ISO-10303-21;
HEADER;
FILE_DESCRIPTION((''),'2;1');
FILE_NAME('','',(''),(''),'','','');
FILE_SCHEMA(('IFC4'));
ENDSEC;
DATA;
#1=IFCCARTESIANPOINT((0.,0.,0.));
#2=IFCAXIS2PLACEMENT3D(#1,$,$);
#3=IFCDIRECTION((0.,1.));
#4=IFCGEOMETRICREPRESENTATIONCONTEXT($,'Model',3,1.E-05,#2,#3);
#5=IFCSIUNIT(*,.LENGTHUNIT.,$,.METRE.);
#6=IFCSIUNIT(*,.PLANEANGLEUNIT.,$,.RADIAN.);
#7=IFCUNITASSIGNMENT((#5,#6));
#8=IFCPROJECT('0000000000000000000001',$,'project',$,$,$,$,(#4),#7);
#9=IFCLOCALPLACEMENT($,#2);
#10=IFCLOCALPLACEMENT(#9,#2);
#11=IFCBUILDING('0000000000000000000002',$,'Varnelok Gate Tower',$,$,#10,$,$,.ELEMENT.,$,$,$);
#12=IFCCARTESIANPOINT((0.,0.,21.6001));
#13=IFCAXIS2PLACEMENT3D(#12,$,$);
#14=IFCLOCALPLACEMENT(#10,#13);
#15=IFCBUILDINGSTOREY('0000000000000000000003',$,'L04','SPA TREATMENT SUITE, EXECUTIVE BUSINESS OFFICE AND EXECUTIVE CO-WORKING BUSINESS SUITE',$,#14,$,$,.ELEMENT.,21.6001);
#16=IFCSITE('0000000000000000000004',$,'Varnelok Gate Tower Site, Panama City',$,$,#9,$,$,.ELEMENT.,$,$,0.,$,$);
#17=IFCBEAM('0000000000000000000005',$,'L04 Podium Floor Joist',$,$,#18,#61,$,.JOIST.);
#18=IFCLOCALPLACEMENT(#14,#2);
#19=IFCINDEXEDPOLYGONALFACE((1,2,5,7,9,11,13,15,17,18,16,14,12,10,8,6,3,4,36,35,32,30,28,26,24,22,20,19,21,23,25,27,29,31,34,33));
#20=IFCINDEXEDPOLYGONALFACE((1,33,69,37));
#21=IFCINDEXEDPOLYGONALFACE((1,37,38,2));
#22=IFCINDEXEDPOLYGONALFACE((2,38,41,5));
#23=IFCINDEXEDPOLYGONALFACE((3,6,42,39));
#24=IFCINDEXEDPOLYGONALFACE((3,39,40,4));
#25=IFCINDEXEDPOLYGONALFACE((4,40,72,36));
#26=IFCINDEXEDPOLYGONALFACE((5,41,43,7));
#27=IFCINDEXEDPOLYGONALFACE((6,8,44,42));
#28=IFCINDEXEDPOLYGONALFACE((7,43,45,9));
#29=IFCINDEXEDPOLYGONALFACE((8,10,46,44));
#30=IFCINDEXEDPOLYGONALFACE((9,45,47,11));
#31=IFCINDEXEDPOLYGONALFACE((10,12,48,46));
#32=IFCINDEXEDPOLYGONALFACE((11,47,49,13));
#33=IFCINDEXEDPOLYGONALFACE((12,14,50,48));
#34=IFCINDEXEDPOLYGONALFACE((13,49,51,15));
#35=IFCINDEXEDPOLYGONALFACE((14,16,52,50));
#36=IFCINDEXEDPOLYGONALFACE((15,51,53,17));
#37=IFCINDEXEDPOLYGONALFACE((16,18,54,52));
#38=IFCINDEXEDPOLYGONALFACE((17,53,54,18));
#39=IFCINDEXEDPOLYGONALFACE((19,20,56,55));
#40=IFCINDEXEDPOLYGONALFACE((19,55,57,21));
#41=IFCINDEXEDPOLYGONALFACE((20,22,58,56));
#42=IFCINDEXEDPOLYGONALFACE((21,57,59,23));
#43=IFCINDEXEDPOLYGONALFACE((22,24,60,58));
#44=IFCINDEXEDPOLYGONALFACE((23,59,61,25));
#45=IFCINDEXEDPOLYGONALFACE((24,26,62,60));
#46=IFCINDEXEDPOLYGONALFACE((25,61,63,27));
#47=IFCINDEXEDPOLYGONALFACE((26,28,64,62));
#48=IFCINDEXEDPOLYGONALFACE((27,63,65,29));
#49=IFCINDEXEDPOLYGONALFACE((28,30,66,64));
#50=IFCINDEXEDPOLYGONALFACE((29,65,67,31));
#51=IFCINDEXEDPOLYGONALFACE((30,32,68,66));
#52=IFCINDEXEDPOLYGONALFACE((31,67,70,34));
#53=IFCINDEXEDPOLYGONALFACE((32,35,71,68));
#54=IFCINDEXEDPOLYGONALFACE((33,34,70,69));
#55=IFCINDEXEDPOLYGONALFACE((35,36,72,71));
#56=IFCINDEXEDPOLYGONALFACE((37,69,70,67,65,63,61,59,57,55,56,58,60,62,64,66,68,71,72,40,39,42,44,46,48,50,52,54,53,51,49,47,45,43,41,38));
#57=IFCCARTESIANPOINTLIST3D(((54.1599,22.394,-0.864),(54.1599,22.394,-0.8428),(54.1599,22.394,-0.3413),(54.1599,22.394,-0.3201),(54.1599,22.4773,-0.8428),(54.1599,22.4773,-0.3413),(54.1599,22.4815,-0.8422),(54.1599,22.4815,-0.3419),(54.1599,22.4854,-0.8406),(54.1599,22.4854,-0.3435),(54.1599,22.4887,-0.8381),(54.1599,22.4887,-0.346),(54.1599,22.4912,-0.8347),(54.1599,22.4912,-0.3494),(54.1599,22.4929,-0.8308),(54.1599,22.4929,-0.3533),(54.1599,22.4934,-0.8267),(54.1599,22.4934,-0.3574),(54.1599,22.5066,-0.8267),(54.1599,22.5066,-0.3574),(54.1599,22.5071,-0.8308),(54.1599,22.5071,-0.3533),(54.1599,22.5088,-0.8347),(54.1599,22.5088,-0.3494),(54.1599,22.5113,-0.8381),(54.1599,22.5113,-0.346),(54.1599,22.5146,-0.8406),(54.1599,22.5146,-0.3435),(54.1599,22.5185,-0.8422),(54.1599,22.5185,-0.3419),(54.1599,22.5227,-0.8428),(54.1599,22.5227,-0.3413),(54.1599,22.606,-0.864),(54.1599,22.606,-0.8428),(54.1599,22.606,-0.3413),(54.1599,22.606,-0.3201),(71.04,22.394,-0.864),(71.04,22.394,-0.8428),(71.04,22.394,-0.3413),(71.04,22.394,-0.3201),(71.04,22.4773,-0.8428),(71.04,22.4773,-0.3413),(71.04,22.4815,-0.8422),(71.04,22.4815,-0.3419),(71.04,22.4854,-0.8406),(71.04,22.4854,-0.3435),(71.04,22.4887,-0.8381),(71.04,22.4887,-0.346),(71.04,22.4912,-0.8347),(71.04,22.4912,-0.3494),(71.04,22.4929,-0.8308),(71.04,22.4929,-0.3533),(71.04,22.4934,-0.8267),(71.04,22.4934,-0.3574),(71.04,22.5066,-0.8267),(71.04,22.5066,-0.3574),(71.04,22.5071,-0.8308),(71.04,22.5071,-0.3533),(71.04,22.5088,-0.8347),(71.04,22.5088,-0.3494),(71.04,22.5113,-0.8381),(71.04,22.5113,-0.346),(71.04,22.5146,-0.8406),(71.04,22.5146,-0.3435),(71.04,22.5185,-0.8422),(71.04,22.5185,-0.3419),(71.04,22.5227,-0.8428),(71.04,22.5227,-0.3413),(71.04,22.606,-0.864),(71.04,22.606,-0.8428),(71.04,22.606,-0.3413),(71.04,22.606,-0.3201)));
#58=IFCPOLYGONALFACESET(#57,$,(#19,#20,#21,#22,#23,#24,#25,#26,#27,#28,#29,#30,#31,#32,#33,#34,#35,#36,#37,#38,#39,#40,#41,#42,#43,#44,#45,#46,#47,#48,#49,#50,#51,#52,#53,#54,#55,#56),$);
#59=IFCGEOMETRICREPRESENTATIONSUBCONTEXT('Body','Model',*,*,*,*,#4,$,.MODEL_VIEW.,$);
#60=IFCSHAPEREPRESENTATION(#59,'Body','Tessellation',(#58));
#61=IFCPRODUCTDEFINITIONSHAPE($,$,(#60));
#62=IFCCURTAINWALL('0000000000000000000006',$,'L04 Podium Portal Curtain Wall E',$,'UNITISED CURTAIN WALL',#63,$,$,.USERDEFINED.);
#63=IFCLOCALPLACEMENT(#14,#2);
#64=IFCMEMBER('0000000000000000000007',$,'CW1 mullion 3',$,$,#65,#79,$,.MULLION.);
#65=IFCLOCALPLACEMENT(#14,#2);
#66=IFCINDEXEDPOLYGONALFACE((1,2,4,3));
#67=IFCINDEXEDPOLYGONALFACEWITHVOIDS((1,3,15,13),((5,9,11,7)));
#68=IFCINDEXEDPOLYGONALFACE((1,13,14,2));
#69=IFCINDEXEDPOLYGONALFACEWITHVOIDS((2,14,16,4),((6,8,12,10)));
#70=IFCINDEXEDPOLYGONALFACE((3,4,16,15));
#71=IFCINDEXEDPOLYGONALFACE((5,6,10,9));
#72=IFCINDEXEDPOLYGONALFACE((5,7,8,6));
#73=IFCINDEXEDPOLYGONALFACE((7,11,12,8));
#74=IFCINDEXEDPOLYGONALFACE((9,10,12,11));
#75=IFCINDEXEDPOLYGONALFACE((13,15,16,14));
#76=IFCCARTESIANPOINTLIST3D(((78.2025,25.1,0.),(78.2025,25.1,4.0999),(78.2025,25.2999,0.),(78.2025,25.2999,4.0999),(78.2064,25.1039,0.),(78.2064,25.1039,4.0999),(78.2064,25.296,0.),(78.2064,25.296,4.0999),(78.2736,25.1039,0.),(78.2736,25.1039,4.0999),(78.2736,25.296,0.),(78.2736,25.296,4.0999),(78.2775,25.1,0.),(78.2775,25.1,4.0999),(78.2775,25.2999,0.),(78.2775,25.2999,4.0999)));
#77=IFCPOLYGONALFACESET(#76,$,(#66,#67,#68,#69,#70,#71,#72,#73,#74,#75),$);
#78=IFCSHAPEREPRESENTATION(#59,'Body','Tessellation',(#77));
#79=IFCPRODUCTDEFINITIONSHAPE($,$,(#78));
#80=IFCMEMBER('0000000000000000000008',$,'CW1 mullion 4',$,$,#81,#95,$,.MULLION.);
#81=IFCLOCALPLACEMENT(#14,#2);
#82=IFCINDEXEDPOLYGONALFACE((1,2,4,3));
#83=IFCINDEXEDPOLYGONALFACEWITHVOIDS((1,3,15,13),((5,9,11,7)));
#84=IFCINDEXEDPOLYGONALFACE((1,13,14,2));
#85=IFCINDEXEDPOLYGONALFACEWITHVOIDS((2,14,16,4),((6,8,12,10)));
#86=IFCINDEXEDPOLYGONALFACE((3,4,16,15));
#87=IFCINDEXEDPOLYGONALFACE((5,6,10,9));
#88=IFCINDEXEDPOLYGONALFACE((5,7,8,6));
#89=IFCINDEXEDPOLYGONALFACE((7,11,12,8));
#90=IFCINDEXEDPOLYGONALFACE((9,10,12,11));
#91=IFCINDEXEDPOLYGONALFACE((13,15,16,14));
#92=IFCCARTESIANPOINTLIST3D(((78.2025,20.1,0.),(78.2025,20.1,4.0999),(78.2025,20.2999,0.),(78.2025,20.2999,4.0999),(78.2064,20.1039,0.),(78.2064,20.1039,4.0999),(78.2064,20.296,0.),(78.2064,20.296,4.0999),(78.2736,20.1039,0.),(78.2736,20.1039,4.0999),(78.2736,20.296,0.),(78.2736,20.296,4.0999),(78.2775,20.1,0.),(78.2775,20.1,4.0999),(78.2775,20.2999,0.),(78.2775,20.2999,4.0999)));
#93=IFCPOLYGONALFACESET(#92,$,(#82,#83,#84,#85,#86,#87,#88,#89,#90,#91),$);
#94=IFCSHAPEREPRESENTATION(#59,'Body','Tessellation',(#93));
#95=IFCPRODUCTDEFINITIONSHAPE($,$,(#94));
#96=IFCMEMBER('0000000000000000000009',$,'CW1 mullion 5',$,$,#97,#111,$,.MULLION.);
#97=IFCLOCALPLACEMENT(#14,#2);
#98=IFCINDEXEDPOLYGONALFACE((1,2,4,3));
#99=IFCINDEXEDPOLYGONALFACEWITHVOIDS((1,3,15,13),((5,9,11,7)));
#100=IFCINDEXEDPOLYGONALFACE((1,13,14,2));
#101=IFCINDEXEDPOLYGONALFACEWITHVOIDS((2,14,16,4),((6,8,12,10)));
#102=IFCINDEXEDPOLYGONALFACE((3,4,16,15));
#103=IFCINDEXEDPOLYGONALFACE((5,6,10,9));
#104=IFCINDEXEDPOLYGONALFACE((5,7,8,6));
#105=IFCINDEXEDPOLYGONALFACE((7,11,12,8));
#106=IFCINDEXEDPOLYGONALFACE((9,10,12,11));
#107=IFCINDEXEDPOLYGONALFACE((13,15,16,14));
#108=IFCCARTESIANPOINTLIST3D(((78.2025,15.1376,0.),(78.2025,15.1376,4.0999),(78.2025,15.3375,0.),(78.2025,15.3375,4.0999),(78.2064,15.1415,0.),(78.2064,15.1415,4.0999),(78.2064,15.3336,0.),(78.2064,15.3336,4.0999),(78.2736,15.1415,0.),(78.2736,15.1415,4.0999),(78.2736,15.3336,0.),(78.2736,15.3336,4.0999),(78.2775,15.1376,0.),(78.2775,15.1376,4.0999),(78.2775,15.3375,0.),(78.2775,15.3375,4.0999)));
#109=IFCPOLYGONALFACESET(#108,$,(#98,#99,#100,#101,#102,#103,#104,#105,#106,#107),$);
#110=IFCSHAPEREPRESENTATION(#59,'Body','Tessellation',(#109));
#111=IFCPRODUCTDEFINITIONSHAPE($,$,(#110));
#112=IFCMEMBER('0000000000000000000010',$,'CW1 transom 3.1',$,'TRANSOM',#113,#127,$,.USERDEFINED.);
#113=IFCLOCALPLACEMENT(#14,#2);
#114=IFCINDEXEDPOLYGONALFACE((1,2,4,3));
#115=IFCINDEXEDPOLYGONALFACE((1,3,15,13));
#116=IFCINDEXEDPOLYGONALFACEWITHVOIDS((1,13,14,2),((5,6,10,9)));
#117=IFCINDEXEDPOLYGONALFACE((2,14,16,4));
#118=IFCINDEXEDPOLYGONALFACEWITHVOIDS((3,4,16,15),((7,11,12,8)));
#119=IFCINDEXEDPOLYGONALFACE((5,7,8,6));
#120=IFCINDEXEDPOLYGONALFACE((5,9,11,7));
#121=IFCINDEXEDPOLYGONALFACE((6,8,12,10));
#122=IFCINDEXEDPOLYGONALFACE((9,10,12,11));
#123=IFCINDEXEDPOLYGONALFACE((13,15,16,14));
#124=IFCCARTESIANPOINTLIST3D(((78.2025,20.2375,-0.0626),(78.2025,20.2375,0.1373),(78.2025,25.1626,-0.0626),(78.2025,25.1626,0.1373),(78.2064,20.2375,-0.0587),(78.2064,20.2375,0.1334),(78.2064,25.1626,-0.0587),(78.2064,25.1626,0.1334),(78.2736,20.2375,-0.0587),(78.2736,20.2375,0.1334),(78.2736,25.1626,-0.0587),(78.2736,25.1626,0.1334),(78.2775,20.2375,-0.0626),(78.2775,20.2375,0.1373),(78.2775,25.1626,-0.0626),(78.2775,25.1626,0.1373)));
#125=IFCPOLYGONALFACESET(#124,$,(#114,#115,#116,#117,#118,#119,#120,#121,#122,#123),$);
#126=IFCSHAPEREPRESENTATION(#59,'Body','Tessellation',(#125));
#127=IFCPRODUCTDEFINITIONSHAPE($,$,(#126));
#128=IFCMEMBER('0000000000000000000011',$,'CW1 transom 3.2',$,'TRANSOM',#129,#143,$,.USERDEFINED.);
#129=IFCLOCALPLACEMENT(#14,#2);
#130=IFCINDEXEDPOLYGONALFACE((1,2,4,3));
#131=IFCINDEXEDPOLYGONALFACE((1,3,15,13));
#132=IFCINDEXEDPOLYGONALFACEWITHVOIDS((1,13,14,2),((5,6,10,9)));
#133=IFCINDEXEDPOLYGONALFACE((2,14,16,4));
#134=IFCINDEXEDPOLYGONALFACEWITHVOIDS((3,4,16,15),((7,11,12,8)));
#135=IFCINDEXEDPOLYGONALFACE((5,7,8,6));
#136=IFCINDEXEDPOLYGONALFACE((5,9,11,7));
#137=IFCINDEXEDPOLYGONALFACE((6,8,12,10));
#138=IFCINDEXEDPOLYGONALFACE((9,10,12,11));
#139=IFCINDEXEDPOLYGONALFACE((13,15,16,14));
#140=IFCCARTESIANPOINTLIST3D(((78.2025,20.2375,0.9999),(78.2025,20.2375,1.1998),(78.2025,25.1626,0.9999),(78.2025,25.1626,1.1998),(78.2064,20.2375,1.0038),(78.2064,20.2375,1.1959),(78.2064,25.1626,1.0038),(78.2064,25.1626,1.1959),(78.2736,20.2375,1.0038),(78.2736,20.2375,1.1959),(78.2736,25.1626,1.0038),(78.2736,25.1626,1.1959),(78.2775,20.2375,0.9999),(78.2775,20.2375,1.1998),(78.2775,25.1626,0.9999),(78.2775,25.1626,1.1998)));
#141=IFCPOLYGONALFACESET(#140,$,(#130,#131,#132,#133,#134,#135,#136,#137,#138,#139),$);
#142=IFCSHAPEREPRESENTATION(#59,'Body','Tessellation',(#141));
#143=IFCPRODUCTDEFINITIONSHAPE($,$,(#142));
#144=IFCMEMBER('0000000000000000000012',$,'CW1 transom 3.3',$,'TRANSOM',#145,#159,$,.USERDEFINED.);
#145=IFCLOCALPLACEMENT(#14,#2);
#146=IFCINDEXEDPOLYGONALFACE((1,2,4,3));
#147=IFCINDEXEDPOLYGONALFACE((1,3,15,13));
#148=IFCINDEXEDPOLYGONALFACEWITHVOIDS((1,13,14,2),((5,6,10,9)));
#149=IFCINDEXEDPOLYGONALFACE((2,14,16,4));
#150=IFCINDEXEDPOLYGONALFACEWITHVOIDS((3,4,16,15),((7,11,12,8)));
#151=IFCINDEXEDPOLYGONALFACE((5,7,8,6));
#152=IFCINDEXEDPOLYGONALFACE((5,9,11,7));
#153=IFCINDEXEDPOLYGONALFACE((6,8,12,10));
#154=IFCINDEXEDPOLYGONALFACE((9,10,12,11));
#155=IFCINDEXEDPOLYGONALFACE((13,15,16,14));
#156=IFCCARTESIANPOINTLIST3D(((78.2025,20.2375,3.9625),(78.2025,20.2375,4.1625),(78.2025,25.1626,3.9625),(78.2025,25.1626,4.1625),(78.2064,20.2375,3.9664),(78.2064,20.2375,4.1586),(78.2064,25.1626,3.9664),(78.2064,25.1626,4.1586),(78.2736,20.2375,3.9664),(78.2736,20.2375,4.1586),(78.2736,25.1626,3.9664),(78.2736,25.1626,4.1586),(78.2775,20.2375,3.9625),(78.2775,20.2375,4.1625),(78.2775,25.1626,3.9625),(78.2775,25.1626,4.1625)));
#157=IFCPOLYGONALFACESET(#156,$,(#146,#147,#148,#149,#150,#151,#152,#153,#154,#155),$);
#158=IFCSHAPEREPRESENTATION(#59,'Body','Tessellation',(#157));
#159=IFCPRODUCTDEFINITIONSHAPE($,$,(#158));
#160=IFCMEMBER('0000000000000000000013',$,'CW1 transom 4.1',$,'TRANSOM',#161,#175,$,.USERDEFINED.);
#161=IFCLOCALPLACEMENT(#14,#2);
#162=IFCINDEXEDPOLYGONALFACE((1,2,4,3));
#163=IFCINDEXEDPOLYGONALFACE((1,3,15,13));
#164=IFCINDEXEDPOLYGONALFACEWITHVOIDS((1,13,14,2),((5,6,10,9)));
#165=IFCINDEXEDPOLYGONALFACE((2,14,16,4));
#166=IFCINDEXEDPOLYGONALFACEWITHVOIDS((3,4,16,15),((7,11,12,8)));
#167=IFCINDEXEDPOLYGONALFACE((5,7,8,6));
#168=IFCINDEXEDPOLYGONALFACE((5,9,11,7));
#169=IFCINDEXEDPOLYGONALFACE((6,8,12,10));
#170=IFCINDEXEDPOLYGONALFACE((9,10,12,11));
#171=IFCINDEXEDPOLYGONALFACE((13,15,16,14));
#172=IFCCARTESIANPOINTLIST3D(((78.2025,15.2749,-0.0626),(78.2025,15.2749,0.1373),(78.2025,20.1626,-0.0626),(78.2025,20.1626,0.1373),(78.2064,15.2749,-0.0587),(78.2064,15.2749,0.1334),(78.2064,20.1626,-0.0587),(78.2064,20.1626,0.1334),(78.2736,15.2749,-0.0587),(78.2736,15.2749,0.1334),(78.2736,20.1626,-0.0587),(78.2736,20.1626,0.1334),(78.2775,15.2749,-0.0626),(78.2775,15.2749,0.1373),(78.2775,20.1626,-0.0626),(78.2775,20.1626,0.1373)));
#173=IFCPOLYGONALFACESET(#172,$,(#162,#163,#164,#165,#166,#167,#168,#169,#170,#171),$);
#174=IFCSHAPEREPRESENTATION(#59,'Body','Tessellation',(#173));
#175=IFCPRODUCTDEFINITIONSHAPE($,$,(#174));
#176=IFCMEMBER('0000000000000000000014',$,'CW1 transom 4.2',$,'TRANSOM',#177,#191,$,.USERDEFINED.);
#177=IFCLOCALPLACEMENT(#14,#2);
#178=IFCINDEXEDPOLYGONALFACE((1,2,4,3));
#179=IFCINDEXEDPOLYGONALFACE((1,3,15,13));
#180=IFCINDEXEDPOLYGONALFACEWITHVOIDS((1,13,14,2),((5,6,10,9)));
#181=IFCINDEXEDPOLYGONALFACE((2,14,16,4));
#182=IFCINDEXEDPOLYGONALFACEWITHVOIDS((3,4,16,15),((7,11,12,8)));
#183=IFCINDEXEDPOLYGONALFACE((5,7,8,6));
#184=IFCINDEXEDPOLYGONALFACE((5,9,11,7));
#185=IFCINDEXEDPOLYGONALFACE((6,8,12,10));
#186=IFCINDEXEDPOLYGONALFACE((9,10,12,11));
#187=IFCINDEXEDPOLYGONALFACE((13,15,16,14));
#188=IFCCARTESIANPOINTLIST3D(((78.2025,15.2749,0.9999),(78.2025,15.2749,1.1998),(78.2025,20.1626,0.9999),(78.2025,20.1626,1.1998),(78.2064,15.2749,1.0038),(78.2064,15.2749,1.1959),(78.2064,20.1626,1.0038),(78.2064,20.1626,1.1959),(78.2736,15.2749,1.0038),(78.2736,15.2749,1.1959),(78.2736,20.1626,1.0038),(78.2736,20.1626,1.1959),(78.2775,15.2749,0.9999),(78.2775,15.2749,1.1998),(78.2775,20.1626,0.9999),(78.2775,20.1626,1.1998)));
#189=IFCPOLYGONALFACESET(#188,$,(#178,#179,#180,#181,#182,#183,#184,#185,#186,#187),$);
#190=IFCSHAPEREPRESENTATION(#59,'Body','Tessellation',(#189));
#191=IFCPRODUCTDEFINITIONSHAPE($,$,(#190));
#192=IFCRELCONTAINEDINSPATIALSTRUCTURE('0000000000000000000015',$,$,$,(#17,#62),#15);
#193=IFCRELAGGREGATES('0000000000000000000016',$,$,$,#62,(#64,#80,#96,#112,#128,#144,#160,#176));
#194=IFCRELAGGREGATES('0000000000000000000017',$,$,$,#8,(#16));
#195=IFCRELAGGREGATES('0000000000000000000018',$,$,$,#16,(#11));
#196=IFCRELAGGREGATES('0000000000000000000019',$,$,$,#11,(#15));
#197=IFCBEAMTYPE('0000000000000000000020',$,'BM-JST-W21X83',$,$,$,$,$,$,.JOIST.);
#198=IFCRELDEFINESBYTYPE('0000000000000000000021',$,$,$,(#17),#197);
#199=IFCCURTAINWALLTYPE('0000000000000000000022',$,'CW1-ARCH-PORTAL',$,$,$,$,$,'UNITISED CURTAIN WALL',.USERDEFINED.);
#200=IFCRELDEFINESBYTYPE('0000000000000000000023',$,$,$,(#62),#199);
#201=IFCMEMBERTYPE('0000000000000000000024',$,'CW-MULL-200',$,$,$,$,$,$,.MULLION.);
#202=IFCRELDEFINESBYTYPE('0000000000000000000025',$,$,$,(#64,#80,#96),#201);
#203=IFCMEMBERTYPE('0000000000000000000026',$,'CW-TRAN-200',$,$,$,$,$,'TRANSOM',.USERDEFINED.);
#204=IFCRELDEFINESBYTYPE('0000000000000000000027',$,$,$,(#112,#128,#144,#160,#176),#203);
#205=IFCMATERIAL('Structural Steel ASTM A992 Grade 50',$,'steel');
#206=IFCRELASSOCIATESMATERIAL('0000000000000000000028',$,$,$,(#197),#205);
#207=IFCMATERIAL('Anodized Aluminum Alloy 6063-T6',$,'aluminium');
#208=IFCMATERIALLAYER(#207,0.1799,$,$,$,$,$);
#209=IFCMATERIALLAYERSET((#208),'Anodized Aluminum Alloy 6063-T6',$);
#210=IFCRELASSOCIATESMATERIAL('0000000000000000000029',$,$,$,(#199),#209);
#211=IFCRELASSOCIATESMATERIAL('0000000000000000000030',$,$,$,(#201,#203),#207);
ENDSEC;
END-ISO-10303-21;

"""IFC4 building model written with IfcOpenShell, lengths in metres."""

from ifc_helpers import new_model, si_unit, direction, frame, origin, origin_2d, place, context, subcontext, project, spatial, hollow_rectangle, i_section, extrude, material, layer, layer_set, material_profile, profile_set, type_object, element, aggregate, save


model = new_model("IFC4")

# Units and contexts
model_context = context("Model", 3, precision=1e-05, world=origin(), true_north=direction((0.0, 1.0)))
body_context = subcontext(model_context, "Body", "Model", "MODEL_VIEW")
ifc_project = project(units=[si_unit("LENGTHUNIT", "METRE"), si_unit("PLANEANGLEUNIT", "RADIAN")], contexts=[model_context])

# Site, building, storey
site_placement = place(None, origin())
site = spatial("IfcSite", under=ifc_project, at=site_placement, Name="Varnelok Gate Tower Site, Panama City", CompositionType="ELEMENT", RefElevation=0.0)
building_placement = place(site_placement, origin())
building = spatial("IfcBuilding", under=site, at=building_placement, Name="Varnelok Gate Tower", CompositionType="ELEMENT")
storey_placement = place(building_placement, frame((0.0, 0.0, 21.6001)))
storey = spatial("IfcBuildingStorey", under=building, at=storey_placement, Name="L04", Description="SPA TREATMENT SUITE, EXECUTIVE BUSINESS OFFICE AND EXECUTIVE CO-WORKING BUSINESS SUITE", CompositionType="ELEMENT", Elevation=21.6001)

# Beam
ifc_material_1 = material(Name="Structural Steel ASTM A992 Grade 50", Category="steel")
ifc_material_profile_1 = material_profile(ifc_material_1, i_section(OverallWidth=0.2119, OverallDepth=0.5439, WebThickness=0.0132, FlangeThickness=0.0212, FilletRadius=0.0161, at=origin_2d()), Name="W21X83")
ifc_profile_set_1 = profile_set([ifc_material_profile_1], Name="Structural Steel ASTM A992 Grade 50")
beam_type = type_object("IfcBeamType", Name="BM-JST-W21X83", PredefinedType="JOIST", material=ifc_profile_set_1)
beam_placement = place(storey_placement, frame((54.1599, 22.5, -0.592), z_axis=(1.0, 0.0, 0.0), x_axis=(0.0, 1.0, 0.0)))
element("IfcBeam", 1, at=beam_placement, inside=storey, type_object=beam_type, Name="L04 Podium Floor Joist", PredefinedType="JOIST", context=body_context, shape_type="SweptSolid", body=[
    extrude(i_section(OverallWidth=0.2119, OverallDepth=0.5439, WebThickness=0.0132, FlangeThickness=0.0212, FilletRadius=0.0161, at=origin_2d()), origin(), (0.0, 0.0, 1.0), 16.8801),
])

# Curtain wall, members
ifc_material_2 = material(Name="Anodized Aluminum Alloy 6063-T6", Category="aluminium")
ifc_layer_1 = layer(ifc_material_2, 0.1799)
ifc_layer_set_1 = layer_set([ifc_layer_1], Name="Anodized Aluminum Alloy 6063-T6")
curtain_wall_type = type_object("IfcCurtainWallType", Name="CW1-ARCH-PORTAL", ElementType="UNITISED CURTAIN WALL", PredefinedType="USERDEFINED", material=ifc_layer_set_1)
curtain_wall_placement = place(storey_placement, origin())
curtain_wall = element("IfcCurtainWall", 2, at=curtain_wall_placement, inside=storey, type_object=curtain_wall_type, Name="L04 Podium Portal Curtain Wall E", ObjectType="UNITISED CURTAIN WALL", PredefinedType="USERDEFINED")
ifc_material_profile_2 = material_profile(ifc_material_2, hollow_rectangle(XDim=0.075, YDim=0.2, WallThickness=0.0039, at=origin_2d()), Name="ALU200X75X4")
ifc_profile_set_2 = profile_set([ifc_material_profile_2], Name="Anodized Aluminum Alloy 6063-T6")
member_type_1 = type_object("IfcMemberType", Name="CW-MULL-200", PredefinedType="MULLION", material=ifc_profile_set_2)
member_1_placement = place(storey_placement, frame((78.24, 25.2, 0.0), z_axis=(0.0, 0.0, 1.0), x_axis=(1.0, 0.0, 0.0)))
member_1 = element("IfcMember", 3, at=member_1_placement, type_object=member_type_1, Name="CW1 mullion 3", PredefinedType="MULLION", context=body_context, shape_type="SweptSolid", body=[
    extrude(hollow_rectangle(XDim=0.075, YDim=0.2, WallThickness=0.0039, at=origin_2d()), origin(), (0.0, 0.0, 1.0), 4.0999),
])
member_2_placement = place(storey_placement, frame((78.24, 20.2, 0.0), z_axis=(0.0, 0.0, 1.0), x_axis=(1.0, 0.0, 0.0)))
member_2 = element("IfcMember", 4, at=member_2_placement, type_object=member_type_1, Name="CW1 mullion 4", PredefinedType="MULLION", context=body_context, shape_type="SweptSolid", body=[
    extrude(hollow_rectangle(XDim=0.075, YDim=0.2, WallThickness=0.0039, at=origin_2d()), origin(), (0.0, 0.0, 1.0), 4.0999),
])
member_3_placement = place(storey_placement, frame((78.24, 15.2375, 0.0), z_axis=(0.0, 0.0, 1.0), x_axis=(1.0, 0.0, 0.0)))
member_3 = element("IfcMember", 5, at=member_3_placement, type_object=member_type_1, Name="CW1 mullion 5", PredefinedType="MULLION", context=body_context, shape_type="SweptSolid", body=[
    extrude(hollow_rectangle(XDim=0.075, YDim=0.2, WallThickness=0.0039, at=origin_2d()), origin(), (0.0, 0.0, 1.0), 4.0999),
])
ifc_material_profile_3 = material_profile(ifc_material_2, hollow_rectangle(XDim=0.075, YDim=0.2, WallThickness=0.0039, at=origin_2d()), Name="ALU200X75X4")
ifc_profile_set_3 = profile_set([ifc_material_profile_3], Name="Anodized Aluminum Alloy 6063-T6")
member_type_2 = type_object("IfcMemberType", Name="CW-TRAN-200", ElementType="TRANSOM", PredefinedType="USERDEFINED", material=ifc_profile_set_3)
member_4_placement = place(storey_placement, frame((78.24, 25.1626, 0.0374), z_axis=(0.0, -1.0, 0.0), x_axis=(1.0, 0.0, 0.0)))
member_4 = element("IfcMember", 6, at=member_4_placement, type_object=member_type_2, Name="CW1 transom 3.1", ObjectType="TRANSOM", PredefinedType="USERDEFINED", context=body_context, shape_type="SweptSolid", body=[
    extrude(hollow_rectangle(XDim=0.075, YDim=0.2, WallThickness=0.0039, at=origin_2d()), origin(), (0.0, 0.0, 1.0), 4.925),
])
member_5_placement = place(storey_placement, frame((78.24, 25.1626, 1.0999), z_axis=(0.0, -1.0, 0.0), x_axis=(1.0, 0.0, 0.0)))
member_5 = element("IfcMember", 7, at=member_5_placement, type_object=member_type_2, Name="CW1 transom 3.2", ObjectType="TRANSOM", PredefinedType="USERDEFINED", context=body_context, shape_type="SweptSolid", body=[
    extrude(hollow_rectangle(XDim=0.075, YDim=0.2, WallThickness=0.0039, at=origin_2d()), origin(), (0.0, 0.0, 1.0), 4.925),
])
member_6_placement = place(storey_placement, frame((78.24, 25.1626, 4.0625), z_axis=(0.0, -1.0, 0.0), x_axis=(1.0, 0.0, 0.0)))
member_6 = element("IfcMember", 8, at=member_6_placement, type_object=member_type_2, Name="CW1 transom 3.3", ObjectType="TRANSOM", PredefinedType="USERDEFINED", context=body_context, shape_type="SweptSolid", body=[
    extrude(hollow_rectangle(XDim=0.075, YDim=0.2, WallThickness=0.0039, at=origin_2d()), origin(), (0.0, 0.0, 1.0), 4.925),
])
member_7_placement = place(storey_placement, frame((78.24, 20.1626, 0.0374), z_axis=(0.0, -1.0, 0.0), x_axis=(1.0, 0.0, 0.0)))
member_7 = element("IfcMember", 9, at=member_7_placement, type_object=member_type_2, Name="CW1 transom 4.1", ObjectType="TRANSOM", PredefinedType="USERDEFINED", context=body_context, shape_type="SweptSolid", body=[
    extrude(hollow_rectangle(XDim=0.075, YDim=0.2, WallThickness=0.0039, at=origin_2d()), origin(), (0.0, 0.0, 1.0), 4.8877),
])
member_8_placement = place(storey_placement, frame((78.24, 20.1626, 1.0999), z_axis=(0.0, -1.0, 0.0), x_axis=(1.0, 0.0, 0.0)))
member_8 = element("IfcMember", 10, at=member_8_placement, type_object=member_type_2, Name="CW1 transom 4.2", ObjectType="TRANSOM", PredefinedType="USERDEFINED", context=body_context, shape_type="SweptSolid", body=[
    extrude(hollow_rectangle(XDim=0.075, YDim=0.2, WallThickness=0.0039, at=origin_2d()), origin(), (0.0, 0.0, 1.0), 4.8877),
])
aggregate(curtain_wall, [member_1, member_2, member_3, member_4, member_5, member_6, member_7, member_8])

save(model, "model.ifc")
